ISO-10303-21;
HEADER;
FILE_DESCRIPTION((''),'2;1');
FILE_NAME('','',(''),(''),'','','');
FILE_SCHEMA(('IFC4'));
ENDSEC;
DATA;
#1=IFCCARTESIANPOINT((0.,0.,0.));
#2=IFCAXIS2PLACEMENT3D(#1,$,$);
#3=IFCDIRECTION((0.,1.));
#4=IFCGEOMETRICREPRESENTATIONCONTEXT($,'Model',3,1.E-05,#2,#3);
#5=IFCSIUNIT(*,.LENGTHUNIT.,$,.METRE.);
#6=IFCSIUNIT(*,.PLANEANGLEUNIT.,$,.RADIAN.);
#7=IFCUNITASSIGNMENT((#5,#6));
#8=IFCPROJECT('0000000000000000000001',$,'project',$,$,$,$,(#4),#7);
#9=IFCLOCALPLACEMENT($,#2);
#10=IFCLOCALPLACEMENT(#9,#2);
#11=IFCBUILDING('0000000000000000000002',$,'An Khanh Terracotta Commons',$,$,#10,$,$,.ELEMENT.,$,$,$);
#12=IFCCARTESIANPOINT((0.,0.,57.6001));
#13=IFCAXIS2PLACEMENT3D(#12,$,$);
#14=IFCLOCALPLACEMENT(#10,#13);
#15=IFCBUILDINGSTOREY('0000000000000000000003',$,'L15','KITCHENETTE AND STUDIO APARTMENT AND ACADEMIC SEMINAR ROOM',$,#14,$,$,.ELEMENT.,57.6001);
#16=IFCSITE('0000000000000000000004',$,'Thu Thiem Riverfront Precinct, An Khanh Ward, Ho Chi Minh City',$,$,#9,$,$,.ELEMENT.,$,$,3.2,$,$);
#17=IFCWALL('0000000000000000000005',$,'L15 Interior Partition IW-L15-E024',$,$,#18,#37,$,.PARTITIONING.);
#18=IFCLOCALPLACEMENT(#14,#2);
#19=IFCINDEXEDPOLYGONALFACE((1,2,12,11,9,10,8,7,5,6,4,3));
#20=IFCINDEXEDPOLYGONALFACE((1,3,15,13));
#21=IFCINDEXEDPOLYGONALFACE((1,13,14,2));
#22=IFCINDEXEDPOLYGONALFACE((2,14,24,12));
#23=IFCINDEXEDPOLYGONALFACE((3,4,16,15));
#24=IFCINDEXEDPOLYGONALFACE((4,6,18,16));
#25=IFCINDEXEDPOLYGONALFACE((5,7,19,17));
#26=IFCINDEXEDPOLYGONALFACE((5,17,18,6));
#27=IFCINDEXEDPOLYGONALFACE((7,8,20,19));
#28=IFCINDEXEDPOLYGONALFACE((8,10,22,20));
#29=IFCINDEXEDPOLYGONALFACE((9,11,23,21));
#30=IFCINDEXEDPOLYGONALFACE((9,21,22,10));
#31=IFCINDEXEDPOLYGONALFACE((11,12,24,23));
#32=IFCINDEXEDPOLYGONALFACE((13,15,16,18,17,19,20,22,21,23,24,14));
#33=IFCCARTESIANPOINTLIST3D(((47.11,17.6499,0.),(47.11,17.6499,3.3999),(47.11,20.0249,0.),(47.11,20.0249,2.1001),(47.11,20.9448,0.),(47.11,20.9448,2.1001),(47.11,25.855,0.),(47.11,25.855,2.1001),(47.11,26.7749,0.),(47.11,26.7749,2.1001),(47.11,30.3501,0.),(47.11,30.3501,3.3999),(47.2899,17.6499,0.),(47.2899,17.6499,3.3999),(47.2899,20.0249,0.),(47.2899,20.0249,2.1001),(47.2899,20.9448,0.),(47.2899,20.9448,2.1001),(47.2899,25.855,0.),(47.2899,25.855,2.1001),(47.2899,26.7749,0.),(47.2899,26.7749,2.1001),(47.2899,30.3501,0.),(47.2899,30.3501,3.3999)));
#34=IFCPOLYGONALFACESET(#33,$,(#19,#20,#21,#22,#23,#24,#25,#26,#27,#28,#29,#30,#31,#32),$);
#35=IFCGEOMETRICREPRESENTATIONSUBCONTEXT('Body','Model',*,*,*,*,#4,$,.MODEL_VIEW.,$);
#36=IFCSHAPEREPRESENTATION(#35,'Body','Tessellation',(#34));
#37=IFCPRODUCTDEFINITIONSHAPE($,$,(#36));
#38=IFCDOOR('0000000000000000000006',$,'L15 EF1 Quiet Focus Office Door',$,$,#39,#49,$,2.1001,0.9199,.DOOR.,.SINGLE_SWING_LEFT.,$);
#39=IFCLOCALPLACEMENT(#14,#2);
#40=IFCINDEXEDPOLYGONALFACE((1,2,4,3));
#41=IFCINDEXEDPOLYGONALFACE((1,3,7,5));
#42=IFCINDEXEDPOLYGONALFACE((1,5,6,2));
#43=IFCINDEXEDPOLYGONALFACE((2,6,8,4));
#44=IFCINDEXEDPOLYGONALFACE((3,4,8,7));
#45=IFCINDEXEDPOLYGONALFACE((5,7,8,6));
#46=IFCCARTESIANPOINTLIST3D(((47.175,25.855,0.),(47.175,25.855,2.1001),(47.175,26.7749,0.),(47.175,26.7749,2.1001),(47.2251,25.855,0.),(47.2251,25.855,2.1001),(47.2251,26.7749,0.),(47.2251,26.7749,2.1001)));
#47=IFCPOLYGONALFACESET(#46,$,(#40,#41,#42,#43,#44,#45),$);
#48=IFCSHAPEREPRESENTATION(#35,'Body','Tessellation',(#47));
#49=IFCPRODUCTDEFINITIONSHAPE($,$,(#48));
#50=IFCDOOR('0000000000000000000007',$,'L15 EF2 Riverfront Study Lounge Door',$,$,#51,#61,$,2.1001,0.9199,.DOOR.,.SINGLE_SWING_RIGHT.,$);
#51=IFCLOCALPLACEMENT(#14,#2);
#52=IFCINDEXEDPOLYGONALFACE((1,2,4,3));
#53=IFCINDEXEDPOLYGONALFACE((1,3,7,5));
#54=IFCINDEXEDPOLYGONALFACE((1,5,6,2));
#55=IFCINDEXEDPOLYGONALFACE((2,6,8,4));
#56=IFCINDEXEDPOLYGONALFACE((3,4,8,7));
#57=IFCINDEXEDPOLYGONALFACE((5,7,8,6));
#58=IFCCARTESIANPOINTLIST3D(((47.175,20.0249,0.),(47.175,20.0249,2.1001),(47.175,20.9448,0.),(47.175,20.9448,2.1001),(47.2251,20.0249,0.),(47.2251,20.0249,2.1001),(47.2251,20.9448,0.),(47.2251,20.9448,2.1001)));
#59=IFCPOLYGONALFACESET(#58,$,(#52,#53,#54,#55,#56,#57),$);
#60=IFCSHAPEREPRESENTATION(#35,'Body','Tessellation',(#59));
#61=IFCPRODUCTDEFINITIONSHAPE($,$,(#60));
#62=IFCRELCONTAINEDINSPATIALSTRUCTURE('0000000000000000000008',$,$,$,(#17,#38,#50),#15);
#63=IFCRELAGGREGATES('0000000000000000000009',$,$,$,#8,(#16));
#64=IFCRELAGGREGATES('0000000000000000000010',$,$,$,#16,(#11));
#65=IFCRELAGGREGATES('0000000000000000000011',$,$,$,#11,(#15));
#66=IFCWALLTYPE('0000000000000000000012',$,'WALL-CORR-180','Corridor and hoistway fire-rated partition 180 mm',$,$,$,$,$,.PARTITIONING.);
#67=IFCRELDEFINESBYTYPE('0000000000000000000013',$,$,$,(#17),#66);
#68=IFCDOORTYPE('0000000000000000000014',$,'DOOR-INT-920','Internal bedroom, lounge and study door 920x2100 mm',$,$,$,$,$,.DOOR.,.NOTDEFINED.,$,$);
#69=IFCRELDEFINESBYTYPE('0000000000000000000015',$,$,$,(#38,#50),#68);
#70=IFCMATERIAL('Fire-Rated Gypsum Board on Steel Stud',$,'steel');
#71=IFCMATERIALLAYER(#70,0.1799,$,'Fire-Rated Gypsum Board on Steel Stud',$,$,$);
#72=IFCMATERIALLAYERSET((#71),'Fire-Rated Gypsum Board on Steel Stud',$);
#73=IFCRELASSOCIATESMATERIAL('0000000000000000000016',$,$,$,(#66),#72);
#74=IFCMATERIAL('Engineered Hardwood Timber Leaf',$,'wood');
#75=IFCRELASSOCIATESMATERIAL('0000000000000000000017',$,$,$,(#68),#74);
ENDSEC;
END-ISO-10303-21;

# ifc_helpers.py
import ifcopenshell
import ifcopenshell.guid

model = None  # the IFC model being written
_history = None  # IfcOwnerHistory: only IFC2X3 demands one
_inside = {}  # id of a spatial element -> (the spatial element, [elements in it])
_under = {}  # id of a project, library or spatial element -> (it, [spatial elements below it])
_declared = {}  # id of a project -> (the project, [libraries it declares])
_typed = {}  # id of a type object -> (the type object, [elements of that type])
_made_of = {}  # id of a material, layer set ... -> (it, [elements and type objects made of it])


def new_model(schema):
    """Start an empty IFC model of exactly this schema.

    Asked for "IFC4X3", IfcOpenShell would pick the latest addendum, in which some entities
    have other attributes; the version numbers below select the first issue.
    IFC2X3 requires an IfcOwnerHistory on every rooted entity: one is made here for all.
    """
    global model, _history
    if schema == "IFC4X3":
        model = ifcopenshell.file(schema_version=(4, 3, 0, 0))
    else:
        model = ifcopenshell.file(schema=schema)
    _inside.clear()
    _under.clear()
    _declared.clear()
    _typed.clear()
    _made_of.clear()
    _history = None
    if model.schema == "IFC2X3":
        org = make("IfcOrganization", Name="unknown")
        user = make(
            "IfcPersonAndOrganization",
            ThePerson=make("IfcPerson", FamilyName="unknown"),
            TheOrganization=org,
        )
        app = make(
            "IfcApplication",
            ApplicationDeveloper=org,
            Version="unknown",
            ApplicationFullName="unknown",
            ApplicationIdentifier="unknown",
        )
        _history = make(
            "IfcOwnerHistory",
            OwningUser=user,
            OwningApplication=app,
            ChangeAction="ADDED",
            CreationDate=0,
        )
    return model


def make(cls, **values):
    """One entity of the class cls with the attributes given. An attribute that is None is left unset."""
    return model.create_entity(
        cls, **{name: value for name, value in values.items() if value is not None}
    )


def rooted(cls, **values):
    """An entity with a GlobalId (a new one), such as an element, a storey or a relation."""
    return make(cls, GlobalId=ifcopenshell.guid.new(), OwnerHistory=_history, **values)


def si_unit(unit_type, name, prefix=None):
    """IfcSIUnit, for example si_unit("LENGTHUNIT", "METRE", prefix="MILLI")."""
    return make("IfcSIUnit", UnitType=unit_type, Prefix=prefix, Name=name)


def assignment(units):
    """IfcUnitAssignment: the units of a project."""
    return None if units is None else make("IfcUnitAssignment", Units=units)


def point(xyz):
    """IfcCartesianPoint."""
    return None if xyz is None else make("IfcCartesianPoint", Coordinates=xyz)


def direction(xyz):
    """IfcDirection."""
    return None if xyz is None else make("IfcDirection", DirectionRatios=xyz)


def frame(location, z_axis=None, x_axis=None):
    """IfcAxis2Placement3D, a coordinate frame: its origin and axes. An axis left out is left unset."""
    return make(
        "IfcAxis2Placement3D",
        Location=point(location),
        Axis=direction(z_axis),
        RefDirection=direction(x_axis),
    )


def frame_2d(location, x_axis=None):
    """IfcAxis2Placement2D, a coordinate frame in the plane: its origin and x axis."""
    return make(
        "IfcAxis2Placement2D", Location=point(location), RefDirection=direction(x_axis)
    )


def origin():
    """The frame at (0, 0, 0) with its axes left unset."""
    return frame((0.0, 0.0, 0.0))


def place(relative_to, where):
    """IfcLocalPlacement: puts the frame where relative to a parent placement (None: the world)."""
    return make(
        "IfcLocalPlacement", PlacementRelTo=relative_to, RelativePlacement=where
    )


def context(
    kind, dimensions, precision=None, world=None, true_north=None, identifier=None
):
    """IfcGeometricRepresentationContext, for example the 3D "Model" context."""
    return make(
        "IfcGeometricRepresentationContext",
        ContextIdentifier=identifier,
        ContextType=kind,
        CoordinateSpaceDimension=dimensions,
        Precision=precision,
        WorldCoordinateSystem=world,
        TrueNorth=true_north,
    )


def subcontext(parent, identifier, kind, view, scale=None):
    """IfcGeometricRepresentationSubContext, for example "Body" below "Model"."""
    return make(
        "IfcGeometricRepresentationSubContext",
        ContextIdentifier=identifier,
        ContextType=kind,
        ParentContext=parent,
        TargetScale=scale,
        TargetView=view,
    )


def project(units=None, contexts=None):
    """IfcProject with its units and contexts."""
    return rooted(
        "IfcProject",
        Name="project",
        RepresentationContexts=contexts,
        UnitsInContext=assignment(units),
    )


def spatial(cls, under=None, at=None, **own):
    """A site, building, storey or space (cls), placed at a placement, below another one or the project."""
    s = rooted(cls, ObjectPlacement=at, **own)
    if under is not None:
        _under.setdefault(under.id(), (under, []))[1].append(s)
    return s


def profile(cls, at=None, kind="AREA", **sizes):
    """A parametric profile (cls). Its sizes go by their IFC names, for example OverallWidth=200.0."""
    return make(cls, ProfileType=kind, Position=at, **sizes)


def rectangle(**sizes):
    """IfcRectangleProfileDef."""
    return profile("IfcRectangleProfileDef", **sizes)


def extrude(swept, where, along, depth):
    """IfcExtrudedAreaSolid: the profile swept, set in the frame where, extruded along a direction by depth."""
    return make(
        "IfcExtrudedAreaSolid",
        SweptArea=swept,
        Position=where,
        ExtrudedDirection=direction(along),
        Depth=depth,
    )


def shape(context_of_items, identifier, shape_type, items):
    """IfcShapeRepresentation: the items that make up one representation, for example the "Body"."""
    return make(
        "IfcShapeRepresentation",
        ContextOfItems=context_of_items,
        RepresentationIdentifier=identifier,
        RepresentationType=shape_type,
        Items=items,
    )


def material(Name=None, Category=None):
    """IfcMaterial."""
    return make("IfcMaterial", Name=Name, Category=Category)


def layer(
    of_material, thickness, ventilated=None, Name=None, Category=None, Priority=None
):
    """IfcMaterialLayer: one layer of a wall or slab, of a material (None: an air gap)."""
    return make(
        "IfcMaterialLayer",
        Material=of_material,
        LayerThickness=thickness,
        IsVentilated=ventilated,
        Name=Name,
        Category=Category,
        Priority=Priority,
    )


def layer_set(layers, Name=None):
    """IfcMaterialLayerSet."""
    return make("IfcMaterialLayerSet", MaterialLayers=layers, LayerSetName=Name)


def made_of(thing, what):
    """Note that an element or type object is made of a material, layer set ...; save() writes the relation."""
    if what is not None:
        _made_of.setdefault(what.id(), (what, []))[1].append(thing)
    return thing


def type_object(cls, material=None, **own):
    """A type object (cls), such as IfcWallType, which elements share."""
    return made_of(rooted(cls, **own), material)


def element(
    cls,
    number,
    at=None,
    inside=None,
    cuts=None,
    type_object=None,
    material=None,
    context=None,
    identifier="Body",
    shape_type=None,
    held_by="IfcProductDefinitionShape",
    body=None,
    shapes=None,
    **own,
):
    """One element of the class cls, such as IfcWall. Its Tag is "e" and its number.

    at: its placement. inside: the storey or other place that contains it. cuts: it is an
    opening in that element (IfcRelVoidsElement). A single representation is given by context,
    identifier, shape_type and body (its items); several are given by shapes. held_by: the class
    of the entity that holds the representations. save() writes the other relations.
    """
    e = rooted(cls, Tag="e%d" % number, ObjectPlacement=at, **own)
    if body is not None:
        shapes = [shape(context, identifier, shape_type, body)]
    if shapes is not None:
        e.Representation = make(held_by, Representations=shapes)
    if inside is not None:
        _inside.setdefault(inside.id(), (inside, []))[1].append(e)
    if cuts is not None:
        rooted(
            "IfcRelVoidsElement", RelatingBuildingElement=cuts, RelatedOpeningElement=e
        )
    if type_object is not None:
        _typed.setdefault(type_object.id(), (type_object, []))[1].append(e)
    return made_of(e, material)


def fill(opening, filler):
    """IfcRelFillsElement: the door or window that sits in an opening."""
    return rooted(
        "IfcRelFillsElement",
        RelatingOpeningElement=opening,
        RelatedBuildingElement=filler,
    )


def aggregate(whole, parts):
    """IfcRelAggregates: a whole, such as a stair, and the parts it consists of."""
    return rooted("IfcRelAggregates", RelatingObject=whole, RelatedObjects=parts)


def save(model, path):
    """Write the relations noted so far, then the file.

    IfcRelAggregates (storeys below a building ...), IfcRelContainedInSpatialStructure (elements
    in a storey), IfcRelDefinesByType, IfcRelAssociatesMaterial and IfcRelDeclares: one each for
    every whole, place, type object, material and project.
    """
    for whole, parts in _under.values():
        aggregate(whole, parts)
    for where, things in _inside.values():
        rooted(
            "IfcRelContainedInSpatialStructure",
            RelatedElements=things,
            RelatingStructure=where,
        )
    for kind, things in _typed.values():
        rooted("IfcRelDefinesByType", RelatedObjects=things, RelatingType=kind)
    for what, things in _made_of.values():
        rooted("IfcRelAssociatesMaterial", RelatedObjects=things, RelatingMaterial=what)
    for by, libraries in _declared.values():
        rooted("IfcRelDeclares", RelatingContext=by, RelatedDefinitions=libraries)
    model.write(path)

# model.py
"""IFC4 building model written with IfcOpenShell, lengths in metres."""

from ifc_helpers import new_model, si_unit, direction, frame, frame_2d, origin, place, context, subcontext, project, spatial, rectangle, extrude, material, layer, layer_set, type_object, element, fill, save


model = new_model("IFC4")

# Units and contexts
model_context = context("Model", 3, precision=1e-05, world=origin(), true_north=direction((0.0, 1.0)))
body_context = subcontext(model_context, "Body", "Model", "MODEL_VIEW")
ifc_project = project(units=[si_unit("LENGTHUNIT", "METRE"), si_unit("PLANEANGLEUNIT", "RADIAN")], contexts=[model_context])

# Site, building, storey
site_placement = place(None, origin())
site = spatial("IfcSite", under=ifc_project, at=site_placement, Name="Thu Thiem Riverfront Precinct, An Khanh Ward, Ho Chi Minh City", CompositionType="ELEMENT", RefElevation=3.2)
building_placement = place(site_placement, origin())
building = spatial("IfcBuilding", under=site, at=building_placement, Name="An Khanh Terracotta Commons", CompositionType="ELEMENT")
storey_placement = place(building_placement, frame((0.0, 0.0, 57.6001)))
storey = spatial("IfcBuildingStorey", under=building, at=storey_placement, Name="L15", Description="KITCHENETTE AND STUDIO APARTMENT AND ACADEMIC SEMINAR ROOM", CompositionType="ELEMENT", Elevation=57.6001)

# Shared definitions
ifc_material_1 = material(Name="Fire-Rated Gypsum Board on Steel Stud", Category="steel")
ifc_layer_1 = layer(ifc_material_1, 0.1799, Name="Fire-Rated Gypsum Board on Steel Stud")
ifc_layer_set_1 = layer_set([ifc_layer_1], Name="Fire-Rated Gypsum Board on Steel Stud")
wall_type_1 = type_object("IfcWallType", Name="WALL-CORR-180", Description="Corridor and hoistway fire-rated partition 180 mm", PredefinedType="PARTITIONING", material=ifc_layer_set_1)
ifc_material_2 = material(Name="Engineered Hardwood Timber Leaf", Category="wood")
door_type_1 = type_object("IfcDoorType", Name="DOOR-INT-920", Description="Internal bedroom, lounge and study door 920x2100 mm", OperationType="NOTDEFINED", PredefinedType="DOOR", material=ifc_material_2)

# Wall, openings, doors
wall_1_placement = place(storey_placement, frame((47.2, 17.6499, 0.0), z_axis=(0.0, 0.0, 1.0), x_axis=(0.0, 1.0, 0.0)))
wall_1 = element("IfcWall", 1, at=wall_1_placement, inside=storey, type_object=wall_type_1, Name="L15 Interior Partition IW-L15-E024", PredefinedType="PARTITIONING", context=body_context, shape_type="SweptSolid", body=[
    extrude(rectangle(XDim=12.7002, YDim=0.1799, at=frame_2d((6.3501, 0.0))), origin(), (0.0, 0.0, 1.0), 3.3999),
])
opening_1_placement = place(wall_1_placement, frame((8.2051, 0.0, 0.0)))
opening_1 = element("IfcOpeningElement", 2, at=opening_1_placement, cuts=wall_1, PredefinedType="OPENING", context=body_context, shape_type="SweptSolid", body=[
    extrude(rectangle(XDim=0.9199, YDim=2.1001, at=frame_2d((0.46, 1.05))), frame((0.0, 0.0999, 0.0), z_axis=(0.0, -1.0, 0.0), x_axis=(1.0, 0.0, 0.0)), (0.0, 0.0, 1.0), 0.2),
])
opening_2_placement = place(wall_1_placement, frame((2.375, 0.0, 0.0)))
opening_2 = element("IfcOpeningElement", 3, at=opening_2_placement, cuts=wall_1, PredefinedType="OPENING", context=body_context, shape_type="SweptSolid", body=[
    extrude(rectangle(XDim=0.9199, YDim=2.1001, at=frame_2d((0.46, 1.05))), frame((0.0, 0.0999, 0.0), z_axis=(0.0, -1.0, 0.0), x_axis=(1.0, 0.0, 0.0)), (0.0, 0.0, 1.0), 0.2),
])
door_1_placement = place(opening_1_placement, origin())
door_1 = element("IfcDoor", 4, at=door_1_placement, inside=storey, type_object=door_type_1, Name="L15 EF1 Quiet Focus Office Door", OperationType="SINGLE_SWING_LEFT", OverallHeight=2.1001, OverallWidth=0.9199, PredefinedType="DOOR", context=body_context, shape_type="SweptSolid", body=[
    extrude(rectangle(XDim=0.9199, YDim=2.1001, at=frame_2d((0.46, 1.05))), frame((0.0, 0.0249, 0.0), z_axis=(0.0, -1.0, 0.0), x_axis=(1.0, 0.0, 0.0)), (0.0, 0.0, 1.0), 0.05),
])
fill(opening_1, door_1)
door_2_placement = place(opening_2_placement, origin())
door_2 = element("IfcDoor", 5, at=door_2_placement, inside=storey, type_object=door_type_1, Name="L15 EF2 Riverfront Study Lounge Door", OperationType="SINGLE_SWING_RIGHT", OverallHeight=2.1001, OverallWidth=0.9199, PredefinedType="DOOR", context=body_context, shape_type="SweptSolid", body=[
    extrude(rectangle(XDim=0.9199, YDim=2.1001, at=frame_2d((0.46, 1.05))), frame((0.0, 0.0249, 0.0), z_axis=(0.0, -1.0, 0.0), x_axis=(1.0, 0.0, 0.0)), (0.0, 0.0, 1.0), 0.05),
])
fill(opening_2, door_2)

save(model, "model.ifc")
